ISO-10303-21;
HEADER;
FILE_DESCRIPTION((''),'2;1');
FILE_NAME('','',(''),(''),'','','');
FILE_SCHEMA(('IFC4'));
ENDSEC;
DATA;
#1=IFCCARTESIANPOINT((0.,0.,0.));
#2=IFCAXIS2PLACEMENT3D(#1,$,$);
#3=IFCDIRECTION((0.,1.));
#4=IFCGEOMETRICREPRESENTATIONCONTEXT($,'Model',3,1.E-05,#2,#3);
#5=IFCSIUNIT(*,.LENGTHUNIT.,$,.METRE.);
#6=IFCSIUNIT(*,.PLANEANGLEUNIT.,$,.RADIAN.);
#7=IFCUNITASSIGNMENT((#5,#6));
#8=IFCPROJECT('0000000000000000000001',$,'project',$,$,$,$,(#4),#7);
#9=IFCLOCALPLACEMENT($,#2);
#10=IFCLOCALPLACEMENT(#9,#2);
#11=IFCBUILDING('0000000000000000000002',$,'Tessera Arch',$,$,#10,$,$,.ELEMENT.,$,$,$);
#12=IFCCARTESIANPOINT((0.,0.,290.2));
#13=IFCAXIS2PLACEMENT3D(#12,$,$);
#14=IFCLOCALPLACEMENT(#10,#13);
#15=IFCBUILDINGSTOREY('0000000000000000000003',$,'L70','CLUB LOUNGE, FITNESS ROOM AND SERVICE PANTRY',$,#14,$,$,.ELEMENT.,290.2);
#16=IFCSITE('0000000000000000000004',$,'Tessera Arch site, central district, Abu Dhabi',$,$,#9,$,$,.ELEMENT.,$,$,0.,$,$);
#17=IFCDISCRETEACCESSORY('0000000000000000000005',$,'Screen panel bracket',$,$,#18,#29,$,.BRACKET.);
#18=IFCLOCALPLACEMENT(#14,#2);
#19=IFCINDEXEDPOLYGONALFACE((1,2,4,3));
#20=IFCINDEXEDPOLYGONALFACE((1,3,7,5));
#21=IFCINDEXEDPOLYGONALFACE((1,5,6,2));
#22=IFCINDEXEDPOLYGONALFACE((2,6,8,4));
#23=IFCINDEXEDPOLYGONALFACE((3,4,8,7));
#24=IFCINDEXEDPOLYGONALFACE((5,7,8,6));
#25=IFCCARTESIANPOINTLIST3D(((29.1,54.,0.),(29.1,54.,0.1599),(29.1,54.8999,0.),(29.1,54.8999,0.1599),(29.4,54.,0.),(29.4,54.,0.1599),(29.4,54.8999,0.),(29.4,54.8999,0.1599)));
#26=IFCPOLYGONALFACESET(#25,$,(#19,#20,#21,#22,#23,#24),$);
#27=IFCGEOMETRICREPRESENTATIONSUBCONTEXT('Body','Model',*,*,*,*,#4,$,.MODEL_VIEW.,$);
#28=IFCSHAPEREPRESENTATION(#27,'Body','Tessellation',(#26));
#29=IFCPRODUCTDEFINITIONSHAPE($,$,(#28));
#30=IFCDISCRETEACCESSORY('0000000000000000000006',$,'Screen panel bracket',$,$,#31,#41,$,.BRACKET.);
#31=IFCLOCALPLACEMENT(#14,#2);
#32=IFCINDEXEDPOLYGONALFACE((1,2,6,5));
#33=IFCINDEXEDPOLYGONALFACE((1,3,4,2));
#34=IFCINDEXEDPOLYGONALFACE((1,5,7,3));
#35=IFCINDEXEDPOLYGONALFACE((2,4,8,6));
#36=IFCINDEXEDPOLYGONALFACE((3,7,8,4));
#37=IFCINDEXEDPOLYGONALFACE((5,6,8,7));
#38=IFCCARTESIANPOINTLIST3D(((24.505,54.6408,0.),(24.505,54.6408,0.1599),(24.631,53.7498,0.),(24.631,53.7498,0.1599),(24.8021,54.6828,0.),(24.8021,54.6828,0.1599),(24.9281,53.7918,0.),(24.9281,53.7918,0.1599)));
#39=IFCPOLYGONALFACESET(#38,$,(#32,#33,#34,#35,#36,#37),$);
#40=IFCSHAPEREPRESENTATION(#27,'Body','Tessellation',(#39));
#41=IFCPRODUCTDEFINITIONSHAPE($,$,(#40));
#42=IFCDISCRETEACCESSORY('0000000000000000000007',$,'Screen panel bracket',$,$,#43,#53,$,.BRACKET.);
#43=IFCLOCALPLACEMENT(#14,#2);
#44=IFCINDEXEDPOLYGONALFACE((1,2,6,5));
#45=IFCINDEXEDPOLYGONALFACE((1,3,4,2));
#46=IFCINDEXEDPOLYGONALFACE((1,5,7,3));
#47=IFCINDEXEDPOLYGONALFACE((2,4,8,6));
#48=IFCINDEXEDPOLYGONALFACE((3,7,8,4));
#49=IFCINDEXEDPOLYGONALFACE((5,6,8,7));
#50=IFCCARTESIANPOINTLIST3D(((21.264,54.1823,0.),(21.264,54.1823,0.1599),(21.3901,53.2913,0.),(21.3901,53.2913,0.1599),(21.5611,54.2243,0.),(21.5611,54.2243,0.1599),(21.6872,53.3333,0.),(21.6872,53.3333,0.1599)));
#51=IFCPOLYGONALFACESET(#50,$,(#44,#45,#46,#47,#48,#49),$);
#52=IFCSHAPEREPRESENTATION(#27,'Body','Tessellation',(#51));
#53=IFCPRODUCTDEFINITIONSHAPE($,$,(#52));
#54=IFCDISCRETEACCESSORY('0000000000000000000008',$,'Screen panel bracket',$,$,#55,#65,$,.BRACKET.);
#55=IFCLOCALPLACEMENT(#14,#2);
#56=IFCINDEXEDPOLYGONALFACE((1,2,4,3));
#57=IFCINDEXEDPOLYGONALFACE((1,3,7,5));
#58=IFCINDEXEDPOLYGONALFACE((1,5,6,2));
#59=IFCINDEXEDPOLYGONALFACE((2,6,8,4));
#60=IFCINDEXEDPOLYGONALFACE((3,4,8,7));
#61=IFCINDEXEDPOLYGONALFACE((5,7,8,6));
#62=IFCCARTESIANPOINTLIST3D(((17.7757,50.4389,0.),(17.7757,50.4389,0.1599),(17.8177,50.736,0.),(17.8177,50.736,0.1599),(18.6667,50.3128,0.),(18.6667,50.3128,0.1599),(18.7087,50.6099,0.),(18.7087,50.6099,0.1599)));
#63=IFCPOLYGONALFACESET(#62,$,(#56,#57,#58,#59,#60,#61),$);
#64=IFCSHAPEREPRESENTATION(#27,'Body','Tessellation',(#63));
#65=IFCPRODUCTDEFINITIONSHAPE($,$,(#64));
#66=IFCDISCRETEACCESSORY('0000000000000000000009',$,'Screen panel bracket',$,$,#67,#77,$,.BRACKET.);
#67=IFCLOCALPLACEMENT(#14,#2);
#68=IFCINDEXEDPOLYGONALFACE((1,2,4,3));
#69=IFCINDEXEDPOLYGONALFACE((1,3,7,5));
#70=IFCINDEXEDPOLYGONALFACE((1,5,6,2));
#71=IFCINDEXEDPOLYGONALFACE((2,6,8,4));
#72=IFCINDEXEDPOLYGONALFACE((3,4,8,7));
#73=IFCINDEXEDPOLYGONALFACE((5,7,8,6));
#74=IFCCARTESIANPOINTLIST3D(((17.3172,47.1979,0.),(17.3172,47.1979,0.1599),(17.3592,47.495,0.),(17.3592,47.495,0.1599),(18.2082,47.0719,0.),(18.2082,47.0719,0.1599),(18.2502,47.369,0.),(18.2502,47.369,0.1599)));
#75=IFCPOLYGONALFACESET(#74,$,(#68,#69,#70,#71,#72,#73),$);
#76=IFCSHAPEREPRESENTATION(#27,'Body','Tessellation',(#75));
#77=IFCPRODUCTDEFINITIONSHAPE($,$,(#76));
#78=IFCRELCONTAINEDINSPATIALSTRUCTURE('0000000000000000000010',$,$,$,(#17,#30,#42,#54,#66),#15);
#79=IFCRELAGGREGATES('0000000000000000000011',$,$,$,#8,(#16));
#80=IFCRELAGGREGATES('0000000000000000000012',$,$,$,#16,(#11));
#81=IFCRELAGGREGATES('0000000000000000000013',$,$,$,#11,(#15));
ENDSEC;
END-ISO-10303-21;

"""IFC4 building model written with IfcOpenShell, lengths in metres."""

from ifc_helpers import new_model, si_unit, direction, frame, origin, origin_2d, place, context, subcontext, project, spatial, rectangle, extrude, element, save


model = new_model("IFC4")

# Units and contexts
model_context = context("Model", 3, precision=1e-05, world=origin(), true_north=direction((0.0, 1.0)))
body_context = subcontext(model_context, "Body", "Model", "MODEL_VIEW")
ifc_project = project(units=[si_unit("LENGTHUNIT", "METRE"), si_unit("PLANEANGLEUNIT", "RADIAN")], contexts=[model_context])

# Site, building, storey
site_placement = place(None, origin())
site = spatial("IfcSite", under=ifc_project, at=site_placement, Name="Tessera Arch site, central district, Abu Dhabi", CompositionType="ELEMENT", RefElevation=0.0)
building_placement = place(site_placement, origin())
building = spatial("IfcBuilding", under=site, at=building_placement, Name="Tessera Arch", CompositionType="ELEMENT")
storey_placement = place(building_placement, frame((0.0, 0.0, 290.2)))
storey = spatial("IfcBuildingStorey", under=building, at=storey_placement, Name="L70", Description="CLUB LOUNGE, FITNESS ROOM AND SERVICE PANTRY", CompositionType="ELEMENT", Elevation=290.2)

# Discrete accessories
for number, where, z_axis, x_axis, name in (
    (1, (29.25, 54.45, 0.0), (0.0, 0.0, 1.0), (0.0, 1.0, 0.0), "Screen panel bracket"),
    (2, (24.7166, 54.2163, 0.0), (0.0, 0.0, 1.0), (-0.140089, 0.990139, 0.0), "Screen panel bracket"),
    (3, (21.4756, 53.7578, 0.0), (0.0, 0.0, 1.0), (-0.140089, 0.990139, 0.0), "Screen panel bracket"),
    (4, (18.2422, 50.5244, 0.0), (0.0, 0.0, 1.0), (-0.990139, 0.140089, 0.0), "Screen panel bracket"),
    (5, (17.7837, 47.2834, 0.0), (0.0, 0.0, 1.0), (-0.990139, 0.140089, 0.0), "Screen panel bracket"),
):
    element("IfcDiscreteAccessory", number, at=place(storey_placement, frame(where, z_axis=z_axis, x_axis=x_axis)), inside=storey, Name=name, PredefinedType="BRACKET", context=body_context, shape_type="SweptSolid", body=[
        extrude(rectangle(XDim=0.8999, YDim=0.3, at=origin_2d()), origin(), (0.0, 0.0, 1.0), 0.1599),
    ])

save(model, "model.ifc")
